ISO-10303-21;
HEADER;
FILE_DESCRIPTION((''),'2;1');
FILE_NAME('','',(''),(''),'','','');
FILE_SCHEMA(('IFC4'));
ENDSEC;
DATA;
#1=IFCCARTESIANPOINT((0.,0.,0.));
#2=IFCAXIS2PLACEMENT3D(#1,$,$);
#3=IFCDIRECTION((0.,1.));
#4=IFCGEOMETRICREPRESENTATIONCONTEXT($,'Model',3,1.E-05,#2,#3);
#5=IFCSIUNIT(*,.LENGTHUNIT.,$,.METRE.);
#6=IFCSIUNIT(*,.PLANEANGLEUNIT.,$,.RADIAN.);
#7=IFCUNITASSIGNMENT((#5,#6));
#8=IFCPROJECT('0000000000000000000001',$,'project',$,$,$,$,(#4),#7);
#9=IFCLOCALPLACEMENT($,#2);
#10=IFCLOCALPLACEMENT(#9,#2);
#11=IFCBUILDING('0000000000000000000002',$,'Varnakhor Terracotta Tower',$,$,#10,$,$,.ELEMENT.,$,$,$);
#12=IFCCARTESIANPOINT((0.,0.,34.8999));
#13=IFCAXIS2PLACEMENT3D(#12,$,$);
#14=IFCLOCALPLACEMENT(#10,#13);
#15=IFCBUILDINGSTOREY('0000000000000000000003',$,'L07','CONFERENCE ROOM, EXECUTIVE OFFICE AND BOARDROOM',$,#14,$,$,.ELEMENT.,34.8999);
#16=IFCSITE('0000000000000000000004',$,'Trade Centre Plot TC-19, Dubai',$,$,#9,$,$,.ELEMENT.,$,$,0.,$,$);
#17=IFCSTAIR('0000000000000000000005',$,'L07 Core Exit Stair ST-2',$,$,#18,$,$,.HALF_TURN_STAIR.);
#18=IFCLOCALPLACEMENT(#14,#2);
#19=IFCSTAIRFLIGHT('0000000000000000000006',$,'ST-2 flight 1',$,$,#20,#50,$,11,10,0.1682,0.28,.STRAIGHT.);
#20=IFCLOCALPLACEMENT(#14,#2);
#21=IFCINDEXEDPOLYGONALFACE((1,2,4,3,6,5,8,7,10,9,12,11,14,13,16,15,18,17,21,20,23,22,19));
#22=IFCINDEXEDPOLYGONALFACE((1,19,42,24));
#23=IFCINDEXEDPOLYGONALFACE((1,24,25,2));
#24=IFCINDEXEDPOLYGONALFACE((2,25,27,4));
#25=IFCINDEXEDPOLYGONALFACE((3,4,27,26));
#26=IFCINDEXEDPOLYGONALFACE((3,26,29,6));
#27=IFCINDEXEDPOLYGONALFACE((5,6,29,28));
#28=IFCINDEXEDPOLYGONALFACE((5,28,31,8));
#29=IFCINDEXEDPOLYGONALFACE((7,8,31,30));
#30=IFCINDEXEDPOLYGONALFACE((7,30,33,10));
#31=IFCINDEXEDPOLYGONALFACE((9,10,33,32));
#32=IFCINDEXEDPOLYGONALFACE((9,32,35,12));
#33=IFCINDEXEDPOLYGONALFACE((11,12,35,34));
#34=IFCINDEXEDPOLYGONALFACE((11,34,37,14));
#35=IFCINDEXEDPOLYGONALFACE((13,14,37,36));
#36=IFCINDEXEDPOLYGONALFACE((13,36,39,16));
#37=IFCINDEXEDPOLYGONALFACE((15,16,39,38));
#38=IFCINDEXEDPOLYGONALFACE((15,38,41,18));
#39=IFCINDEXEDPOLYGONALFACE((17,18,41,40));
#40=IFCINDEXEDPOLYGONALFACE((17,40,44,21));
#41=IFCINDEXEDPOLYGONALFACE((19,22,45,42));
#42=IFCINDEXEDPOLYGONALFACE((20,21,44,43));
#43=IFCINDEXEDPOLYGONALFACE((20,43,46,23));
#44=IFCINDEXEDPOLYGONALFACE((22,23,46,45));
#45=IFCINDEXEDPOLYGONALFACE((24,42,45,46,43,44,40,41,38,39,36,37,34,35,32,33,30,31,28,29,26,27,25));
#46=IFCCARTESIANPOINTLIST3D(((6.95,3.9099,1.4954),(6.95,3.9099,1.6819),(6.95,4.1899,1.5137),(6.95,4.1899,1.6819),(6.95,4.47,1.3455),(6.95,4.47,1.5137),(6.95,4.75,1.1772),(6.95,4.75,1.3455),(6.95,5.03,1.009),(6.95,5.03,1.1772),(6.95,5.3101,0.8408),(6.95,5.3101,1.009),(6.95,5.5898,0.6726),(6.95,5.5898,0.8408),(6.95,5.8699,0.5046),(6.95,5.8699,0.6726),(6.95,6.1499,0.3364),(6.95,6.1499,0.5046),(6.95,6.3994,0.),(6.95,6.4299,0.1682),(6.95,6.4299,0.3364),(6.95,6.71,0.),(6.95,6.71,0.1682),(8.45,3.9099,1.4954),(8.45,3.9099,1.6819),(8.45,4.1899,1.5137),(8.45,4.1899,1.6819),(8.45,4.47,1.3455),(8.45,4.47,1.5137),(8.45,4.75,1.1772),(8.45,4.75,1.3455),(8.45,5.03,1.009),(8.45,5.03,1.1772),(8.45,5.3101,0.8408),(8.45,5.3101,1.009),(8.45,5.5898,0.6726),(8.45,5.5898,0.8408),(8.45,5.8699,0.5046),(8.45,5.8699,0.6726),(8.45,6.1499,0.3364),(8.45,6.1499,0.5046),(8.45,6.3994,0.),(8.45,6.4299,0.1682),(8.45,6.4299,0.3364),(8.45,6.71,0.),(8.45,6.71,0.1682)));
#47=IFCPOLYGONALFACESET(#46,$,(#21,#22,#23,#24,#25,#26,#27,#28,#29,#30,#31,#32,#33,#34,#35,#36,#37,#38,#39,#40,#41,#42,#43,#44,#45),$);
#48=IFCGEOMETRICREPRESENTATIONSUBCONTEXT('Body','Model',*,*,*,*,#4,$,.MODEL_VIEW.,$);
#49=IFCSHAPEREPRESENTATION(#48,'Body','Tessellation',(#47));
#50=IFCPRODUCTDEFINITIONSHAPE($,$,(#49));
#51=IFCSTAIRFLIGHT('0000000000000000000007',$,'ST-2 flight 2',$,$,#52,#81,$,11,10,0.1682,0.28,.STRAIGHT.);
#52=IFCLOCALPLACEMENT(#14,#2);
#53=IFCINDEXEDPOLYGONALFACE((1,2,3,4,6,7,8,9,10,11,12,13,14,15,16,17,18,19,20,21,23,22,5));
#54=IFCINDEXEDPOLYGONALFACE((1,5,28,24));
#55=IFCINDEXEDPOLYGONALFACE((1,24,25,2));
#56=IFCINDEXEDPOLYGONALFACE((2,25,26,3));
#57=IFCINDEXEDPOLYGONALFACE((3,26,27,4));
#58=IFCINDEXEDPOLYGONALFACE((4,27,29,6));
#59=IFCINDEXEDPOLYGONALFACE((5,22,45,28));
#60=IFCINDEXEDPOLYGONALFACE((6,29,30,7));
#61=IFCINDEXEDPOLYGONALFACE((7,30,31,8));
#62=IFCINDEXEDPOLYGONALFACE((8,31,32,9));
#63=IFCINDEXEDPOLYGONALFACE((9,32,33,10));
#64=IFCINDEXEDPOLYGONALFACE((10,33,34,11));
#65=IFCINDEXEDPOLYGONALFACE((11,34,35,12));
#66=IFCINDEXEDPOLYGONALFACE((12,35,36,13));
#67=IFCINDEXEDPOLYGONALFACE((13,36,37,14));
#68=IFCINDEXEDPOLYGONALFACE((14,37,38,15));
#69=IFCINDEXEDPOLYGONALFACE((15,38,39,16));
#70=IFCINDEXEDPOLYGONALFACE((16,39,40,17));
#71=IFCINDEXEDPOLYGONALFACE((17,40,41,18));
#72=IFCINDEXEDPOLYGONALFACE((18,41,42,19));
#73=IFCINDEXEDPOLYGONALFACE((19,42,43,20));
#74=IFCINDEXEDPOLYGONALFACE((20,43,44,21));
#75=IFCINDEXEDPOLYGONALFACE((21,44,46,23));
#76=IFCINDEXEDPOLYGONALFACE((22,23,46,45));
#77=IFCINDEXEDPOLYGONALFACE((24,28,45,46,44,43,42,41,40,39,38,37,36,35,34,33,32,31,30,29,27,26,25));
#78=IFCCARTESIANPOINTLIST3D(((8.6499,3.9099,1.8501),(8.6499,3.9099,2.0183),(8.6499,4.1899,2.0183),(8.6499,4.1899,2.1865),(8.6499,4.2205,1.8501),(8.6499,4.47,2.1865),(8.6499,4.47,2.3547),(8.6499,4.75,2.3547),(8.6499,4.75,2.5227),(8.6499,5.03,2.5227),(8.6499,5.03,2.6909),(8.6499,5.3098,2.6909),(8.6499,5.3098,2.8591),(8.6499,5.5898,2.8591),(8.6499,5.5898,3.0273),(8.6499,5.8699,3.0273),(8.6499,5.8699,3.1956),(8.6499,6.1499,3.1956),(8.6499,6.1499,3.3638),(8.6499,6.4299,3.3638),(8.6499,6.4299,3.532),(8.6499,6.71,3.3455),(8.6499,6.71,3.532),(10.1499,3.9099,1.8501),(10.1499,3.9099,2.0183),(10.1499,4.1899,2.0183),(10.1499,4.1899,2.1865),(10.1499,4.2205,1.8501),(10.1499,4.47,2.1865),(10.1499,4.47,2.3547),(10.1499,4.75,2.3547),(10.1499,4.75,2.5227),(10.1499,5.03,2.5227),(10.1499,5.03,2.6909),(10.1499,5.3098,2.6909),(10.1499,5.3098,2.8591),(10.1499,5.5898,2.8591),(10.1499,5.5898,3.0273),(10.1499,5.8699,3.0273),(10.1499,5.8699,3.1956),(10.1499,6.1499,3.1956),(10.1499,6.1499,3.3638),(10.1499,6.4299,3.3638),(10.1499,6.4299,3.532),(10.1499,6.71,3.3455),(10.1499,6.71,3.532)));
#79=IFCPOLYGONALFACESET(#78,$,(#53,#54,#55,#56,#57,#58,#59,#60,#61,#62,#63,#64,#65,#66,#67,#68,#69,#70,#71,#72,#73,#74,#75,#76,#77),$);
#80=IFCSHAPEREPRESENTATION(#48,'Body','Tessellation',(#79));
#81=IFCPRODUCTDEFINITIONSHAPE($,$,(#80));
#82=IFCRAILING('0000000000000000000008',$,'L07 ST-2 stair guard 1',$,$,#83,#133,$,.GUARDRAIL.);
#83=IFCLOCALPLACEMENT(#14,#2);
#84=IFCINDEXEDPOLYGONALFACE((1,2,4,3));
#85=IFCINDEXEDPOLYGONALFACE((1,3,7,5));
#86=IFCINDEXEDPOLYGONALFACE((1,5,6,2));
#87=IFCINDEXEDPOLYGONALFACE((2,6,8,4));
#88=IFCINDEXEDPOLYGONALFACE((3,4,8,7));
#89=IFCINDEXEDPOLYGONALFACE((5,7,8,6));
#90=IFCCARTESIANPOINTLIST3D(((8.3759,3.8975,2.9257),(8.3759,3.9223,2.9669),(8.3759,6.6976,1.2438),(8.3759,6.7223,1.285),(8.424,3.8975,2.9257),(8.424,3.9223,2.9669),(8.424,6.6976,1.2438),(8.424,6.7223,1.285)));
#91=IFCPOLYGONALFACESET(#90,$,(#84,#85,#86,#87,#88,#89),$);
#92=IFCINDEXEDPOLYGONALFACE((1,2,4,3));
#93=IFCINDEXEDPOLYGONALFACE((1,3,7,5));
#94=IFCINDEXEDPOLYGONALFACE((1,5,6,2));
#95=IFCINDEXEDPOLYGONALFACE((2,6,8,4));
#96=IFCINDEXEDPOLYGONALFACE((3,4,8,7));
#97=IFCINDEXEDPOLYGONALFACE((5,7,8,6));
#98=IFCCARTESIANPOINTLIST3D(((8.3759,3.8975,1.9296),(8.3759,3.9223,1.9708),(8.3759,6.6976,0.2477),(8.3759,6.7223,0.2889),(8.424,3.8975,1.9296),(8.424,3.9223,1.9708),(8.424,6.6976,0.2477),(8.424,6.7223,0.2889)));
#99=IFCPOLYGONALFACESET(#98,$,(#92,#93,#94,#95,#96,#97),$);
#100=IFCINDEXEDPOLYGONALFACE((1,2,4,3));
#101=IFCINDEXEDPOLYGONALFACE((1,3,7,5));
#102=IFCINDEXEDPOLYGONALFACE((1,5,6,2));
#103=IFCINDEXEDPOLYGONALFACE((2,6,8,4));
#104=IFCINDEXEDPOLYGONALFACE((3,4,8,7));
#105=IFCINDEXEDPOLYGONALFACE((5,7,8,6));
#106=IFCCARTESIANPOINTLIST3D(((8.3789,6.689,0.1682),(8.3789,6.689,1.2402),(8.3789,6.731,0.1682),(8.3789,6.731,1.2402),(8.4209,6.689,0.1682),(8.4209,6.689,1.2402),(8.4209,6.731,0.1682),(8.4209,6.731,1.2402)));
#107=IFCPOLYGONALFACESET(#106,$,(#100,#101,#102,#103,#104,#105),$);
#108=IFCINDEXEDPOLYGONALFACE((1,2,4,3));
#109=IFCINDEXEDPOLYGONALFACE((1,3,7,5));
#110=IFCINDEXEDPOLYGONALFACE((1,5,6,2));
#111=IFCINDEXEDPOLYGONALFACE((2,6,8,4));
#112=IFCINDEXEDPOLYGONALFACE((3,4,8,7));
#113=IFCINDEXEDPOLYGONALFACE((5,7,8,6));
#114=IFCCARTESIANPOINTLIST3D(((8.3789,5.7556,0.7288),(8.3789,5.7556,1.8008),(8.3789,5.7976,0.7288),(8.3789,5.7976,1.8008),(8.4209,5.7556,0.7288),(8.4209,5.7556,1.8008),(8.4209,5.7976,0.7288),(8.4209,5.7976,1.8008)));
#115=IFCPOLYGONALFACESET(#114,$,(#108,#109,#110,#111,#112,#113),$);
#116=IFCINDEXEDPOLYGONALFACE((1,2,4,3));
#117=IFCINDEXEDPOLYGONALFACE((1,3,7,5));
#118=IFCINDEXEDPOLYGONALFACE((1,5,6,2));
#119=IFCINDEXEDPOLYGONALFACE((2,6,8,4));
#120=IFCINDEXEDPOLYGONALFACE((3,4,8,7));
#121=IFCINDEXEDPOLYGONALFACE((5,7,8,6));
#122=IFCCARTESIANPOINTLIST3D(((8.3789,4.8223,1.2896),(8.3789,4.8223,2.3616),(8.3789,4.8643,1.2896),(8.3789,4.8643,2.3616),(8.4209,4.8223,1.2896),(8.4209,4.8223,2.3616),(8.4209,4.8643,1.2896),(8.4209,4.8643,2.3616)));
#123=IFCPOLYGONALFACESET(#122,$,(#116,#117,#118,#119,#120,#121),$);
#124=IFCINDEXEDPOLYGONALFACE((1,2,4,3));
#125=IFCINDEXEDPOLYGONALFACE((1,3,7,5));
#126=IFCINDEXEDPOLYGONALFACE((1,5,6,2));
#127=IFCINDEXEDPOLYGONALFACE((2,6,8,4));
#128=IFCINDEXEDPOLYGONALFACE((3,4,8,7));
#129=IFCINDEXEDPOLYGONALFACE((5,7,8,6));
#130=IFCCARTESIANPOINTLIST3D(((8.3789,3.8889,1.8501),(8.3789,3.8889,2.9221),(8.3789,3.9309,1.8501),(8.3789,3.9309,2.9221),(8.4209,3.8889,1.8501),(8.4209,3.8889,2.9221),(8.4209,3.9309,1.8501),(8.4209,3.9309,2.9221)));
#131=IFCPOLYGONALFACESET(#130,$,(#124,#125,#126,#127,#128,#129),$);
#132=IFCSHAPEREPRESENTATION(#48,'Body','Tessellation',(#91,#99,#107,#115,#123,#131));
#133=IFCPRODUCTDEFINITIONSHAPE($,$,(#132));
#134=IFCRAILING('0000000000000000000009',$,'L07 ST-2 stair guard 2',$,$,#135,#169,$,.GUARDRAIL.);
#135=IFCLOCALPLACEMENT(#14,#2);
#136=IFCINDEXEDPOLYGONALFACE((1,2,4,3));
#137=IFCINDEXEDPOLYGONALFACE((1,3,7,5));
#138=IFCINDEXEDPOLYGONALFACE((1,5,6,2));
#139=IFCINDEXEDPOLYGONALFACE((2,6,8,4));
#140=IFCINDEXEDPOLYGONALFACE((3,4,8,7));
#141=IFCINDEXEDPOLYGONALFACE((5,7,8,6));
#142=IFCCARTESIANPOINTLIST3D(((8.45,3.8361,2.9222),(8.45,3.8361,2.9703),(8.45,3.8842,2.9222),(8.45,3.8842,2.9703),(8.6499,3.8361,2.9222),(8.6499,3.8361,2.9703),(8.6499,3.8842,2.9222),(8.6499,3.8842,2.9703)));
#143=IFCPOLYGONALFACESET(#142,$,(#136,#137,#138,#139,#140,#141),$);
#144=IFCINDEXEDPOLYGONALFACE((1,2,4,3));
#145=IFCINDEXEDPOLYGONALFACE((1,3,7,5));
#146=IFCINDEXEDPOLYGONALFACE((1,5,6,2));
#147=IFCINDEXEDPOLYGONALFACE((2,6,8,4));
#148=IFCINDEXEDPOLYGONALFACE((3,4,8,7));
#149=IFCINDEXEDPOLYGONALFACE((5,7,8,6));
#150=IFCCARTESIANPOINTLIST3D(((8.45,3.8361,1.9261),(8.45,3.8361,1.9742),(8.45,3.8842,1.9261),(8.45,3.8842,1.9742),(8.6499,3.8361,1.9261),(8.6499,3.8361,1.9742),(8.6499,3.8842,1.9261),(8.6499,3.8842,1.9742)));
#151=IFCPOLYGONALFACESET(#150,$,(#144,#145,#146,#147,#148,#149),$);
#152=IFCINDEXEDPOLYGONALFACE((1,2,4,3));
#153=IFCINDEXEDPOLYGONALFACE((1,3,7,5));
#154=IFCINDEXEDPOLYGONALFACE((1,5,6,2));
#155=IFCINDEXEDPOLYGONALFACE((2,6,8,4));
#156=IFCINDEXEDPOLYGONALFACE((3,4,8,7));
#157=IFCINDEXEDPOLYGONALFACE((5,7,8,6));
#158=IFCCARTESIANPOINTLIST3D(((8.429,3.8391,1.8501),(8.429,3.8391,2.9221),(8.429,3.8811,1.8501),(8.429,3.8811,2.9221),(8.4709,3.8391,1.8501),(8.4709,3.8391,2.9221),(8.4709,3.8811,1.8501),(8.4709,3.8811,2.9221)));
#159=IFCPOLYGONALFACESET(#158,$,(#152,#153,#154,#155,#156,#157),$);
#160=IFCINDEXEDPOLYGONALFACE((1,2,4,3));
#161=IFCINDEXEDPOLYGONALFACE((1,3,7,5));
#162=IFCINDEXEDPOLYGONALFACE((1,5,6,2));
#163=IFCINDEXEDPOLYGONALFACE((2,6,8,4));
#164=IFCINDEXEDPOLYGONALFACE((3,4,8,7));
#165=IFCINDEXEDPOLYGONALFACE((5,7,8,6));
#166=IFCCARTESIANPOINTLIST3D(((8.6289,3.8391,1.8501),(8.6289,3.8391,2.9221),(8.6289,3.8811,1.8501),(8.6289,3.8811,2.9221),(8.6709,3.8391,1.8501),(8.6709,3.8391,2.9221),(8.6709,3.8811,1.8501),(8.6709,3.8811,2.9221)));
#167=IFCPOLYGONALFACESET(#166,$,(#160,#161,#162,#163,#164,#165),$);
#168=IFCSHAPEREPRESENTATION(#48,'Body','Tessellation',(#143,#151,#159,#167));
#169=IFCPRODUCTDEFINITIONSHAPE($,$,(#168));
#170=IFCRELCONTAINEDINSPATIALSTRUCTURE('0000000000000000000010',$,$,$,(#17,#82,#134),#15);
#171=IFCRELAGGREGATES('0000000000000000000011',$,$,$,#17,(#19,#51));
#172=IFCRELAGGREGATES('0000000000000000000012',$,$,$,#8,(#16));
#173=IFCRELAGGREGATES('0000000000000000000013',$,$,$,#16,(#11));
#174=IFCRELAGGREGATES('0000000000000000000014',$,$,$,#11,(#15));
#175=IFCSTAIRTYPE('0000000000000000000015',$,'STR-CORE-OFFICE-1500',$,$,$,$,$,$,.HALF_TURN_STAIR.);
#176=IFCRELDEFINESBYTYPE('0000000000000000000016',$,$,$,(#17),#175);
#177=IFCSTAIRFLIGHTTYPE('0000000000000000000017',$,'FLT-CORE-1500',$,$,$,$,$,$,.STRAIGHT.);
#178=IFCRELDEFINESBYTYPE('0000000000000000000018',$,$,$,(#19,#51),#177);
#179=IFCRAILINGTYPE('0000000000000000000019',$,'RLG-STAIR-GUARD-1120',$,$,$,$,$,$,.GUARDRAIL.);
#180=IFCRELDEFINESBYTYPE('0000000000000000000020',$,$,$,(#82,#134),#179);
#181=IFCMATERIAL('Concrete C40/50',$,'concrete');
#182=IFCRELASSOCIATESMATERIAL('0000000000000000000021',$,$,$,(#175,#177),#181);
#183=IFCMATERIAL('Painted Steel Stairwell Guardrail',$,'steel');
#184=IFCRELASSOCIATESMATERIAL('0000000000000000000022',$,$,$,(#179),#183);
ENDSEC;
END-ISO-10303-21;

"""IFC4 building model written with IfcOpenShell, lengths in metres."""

from ifc_helpers import new_model, si_unit, direction, frame, origin, origin_2d, place, context, subcontext, project, spatial, polyline, rectangle, outline, extrude, material, type_object, element, aggregate, save


model = new_model("IFC4")

# Units and contexts
model_context = context("Model", 3, precision=1e-05, world=origin(), true_north=direction((0.0, 1.0)))
body_context = subcontext(model_context, "Body", "Model", "MODEL_VIEW")
ifc_project = project(units=[si_unit("LENGTHUNIT", "METRE"), si_unit("PLANEANGLEUNIT", "RADIAN")], contexts=[model_context])

# Site, building, storey
site_placement = place(None, origin())
site = spatial("IfcSite", under=ifc_project, at=site_placement, Name="Trade Centre Plot TC-19, Dubai", CompositionType="ELEMENT", RefElevation=0.0)
building_placement = place(site_placement, origin())
building = spatial("IfcBuilding", under=site, at=building_placement, Name="Varnakhor Terracotta Tower", CompositionType="ELEMENT")
storey_placement = place(building_placement, frame((0.0, 0.0, 34.8999)))
storey = spatial("IfcBuildingStorey", under=building, at=storey_placement, Name="L07", Description="CONFERENCE ROOM, EXECUTIVE OFFICE AND BOARDROOM", CompositionType="ELEMENT", Elevation=34.8999)

# Stair
ifc_material_1 = material(Name="Concrete C40/50", Category="concrete")
stair_type = type_object("IfcStairType", Name="STR-CORE-OFFICE-1500", PredefinedType="HALF_TURN_STAIR", material=ifc_material_1)
stair_1_placement = place(storey_placement, origin())
stair_1 = element("IfcStair", 1, at=stair_1_placement, inside=storey, type_object=stair_type, Name="L07 Core Exit Stair ST-2", PredefinedType="HALF_TURN_STAIR")

# Stair flights
stair_flight_type = type_object("IfcStairFlightType", Name="FLT-CORE-1500", PredefinedType="STRAIGHT", material=ifc_material_1)
stair_flight_1_placement = place(storey_placement, frame((7.7, 6.71, 0.0), z_axis=(0.0, 0.0, 1.0), x_axis=(0.0, -1.0, 0.0)))
stair_flight_1 = element("IfcStairFlight", 2, at=stair_flight_1_placement, type_object=stair_flight_type, Name="ST-2 flight 1", NumberOfRisers=11, NumberOfTreads=10, PredefinedType="STRAIGHT", RiserHeight=0.1682, TreadLength=0.28, context=body_context, shape_type="SweptSolid", body=[
    extrude(outline(polyline([(0.0, 0.0), (0.0, 0.1682), (0.28, 0.1682), (0.28, 0.3364), (0.5601, 0.3364), (0.5601, 0.5046), (0.8401, 0.5046), (0.8401, 0.6726), (1.1201, 0.6726), (1.1201, 0.8408), (1.3999, 0.8408), (1.3999, 1.009), (1.6799, 1.009), (1.6799, 1.1772), (1.96, 1.1772), (1.96, 1.3455), (2.24, 1.3455), (2.24, 1.5137), (2.52, 1.5137), (2.52, 1.6819), (2.8, 1.6819), (2.8, 1.8501), (2.8, 1.4954), (0.3105, 0.0), (0.0, 0.0)])), frame((0.0, 0.75, 0.0), z_axis=(0.0, -1.0, 0.0), x_axis=(1.0, 0.0, 0.0)), (0.0, 0.0, 1.0), 1.5),
])
stair_flight_2_placement = place(storey_placement, frame((9.3999, 3.9099, 1.8501), z_axis=(0.0, 0.0, 1.0), x_axis=(0.0, 1.0, 0.0)))
stair_flight_2 = element("IfcStairFlight", 3, at=stair_flight_2_placement, type_object=stair_flight_type, Name="ST-2 flight 2", NumberOfRisers=11, NumberOfTreads=10, PredefinedType="STRAIGHT", RiserHeight=0.1682, TreadLength=0.28, context=body_context, shape_type="SweptSolid", body=[
    extrude(outline(polyline([(0.0, 0.0), (0.0, 0.1682), (0.28, 0.1682), (0.28, 0.3364), (0.5601, 0.3364), (0.5601, 0.5046), (0.8401, 0.5046), (0.8401, 0.6726), (1.1201, 0.6726), (1.1201, 0.8408), (1.3999, 0.8408), (1.3999, 1.009), (1.6799, 1.009), (1.6799, 1.1772), (1.96, 1.1772), (1.96, 1.3455), (2.24, 1.3455), (2.24, 1.5137), (2.52, 1.5137), (2.52, 1.6819), (2.8, 1.6819), (2.8, 1.8501), (2.8, 1.4954), (0.3105, 0.0), (0.0, 0.0)])), frame((0.0, 0.75, 0.0), z_axis=(0.0, -1.0, 0.0), x_axis=(1.0, 0.0, 0.0)), (0.0, 0.0, 1.0), 1.5),
])
aggregate(stair_1, [stair_flight_1, stair_flight_2])

# Railings
ifc_material_2 = material(Name="Painted Steel Stairwell Guardrail", Category="steel")
railing_type_1 = type_object("IfcRailingType", Name="RLG-STAIR-GUARD-1120", PredefinedType="GUARDRAIL", material=ifc_material_2)
railing_1_placement = place(storey_placement, frame((8.3999, 6.71, 0.1682)))
element("IfcRailing", 4, at=railing_1_placement, inside=storey, type_object=railing_type_1, Name="L07 ST-2 stair guard 1", PredefinedType="GUARDRAIL", context=body_context, shape_type="SweptSolid", body=[
    extrude(rectangle(XDim=0.0481, YDim=0.0481, at=origin_2d()), frame((0.0, 0.0, 1.0962), z_axis=(0.0, -0.857242, 0.514913), x_axis=(1.0, 0.0, 0.0)), (0.0, 0.0, 1.0), 3.2664),
    extrude(rectangle(XDim=0.0481, YDim=0.0481, at=origin_2d()), frame((0.0, 0.0, 0.1001), z_axis=(0.0, -0.857242, 0.514913), x_axis=(1.0, 0.0, 0.0)), (0.0, 0.0, 1.0), 3.2664),
    extrude(rectangle(XDim=0.042, YDim=0.042, at=origin_2d()), origin(), (0.0, 0.0, 1.0), 1.072),
    extrude(rectangle(XDim=0.042, YDim=0.042, at=origin_2d()), frame((0.0, -0.9333, 0.5605)), (0.0, 0.0, 1.0), 1.072),
    extrude(rectangle(XDim=0.042, YDim=0.042, at=origin_2d()), frame((0.0, -1.8667, 1.1213)), (0.0, 0.0, 1.0), 1.072),
    extrude(rectangle(XDim=0.042, YDim=0.042, at=origin_2d()), frame((0.0, -2.8, 1.6819)), (0.0, 0.0, 1.0), 1.072),
])
railing_2_placement = place(storey_placement, frame((8.45, 3.8601, 1.8501)))
element("IfcRailing", 5, at=railing_2_placement, inside=storey, type_object=railing_type_1, Name="L07 ST-2 stair guard 2", PredefinedType="GUARDRAIL", context=body_context, shape_type="SweptSolid", body=[
    extrude(rectangle(XDim=0.0481, YDim=0.0481, at=origin_2d()), frame((0.0, 0.0, 1.0962), z_axis=(1.0, 0.0, 0.0), x_axis=(0.0, 1.0, 0.0)), (0.0, 0.0, 1.0), 0.2),
    extrude(rectangle(XDim=0.0481, YDim=0.0481, at=origin_2d()), frame((0.0, 0.0, 0.1001), z_axis=(1.0, 0.0, 0.0), x_axis=(0.0, 1.0, 0.0)), (0.0, 0.0, 1.0), 0.2),
    extrude(rectangle(XDim=0.042, YDim=0.042, at=origin_2d()), origin(), (0.0, 0.0, 1.0), 1.072),
    extrude(rectangle(XDim=0.042, YDim=0.042, at=origin_2d()), frame((0.2, 0.0, 0.0)), (0.0, 0.0, 1.0), 1.072),
])

save(model, "model.ifc")
